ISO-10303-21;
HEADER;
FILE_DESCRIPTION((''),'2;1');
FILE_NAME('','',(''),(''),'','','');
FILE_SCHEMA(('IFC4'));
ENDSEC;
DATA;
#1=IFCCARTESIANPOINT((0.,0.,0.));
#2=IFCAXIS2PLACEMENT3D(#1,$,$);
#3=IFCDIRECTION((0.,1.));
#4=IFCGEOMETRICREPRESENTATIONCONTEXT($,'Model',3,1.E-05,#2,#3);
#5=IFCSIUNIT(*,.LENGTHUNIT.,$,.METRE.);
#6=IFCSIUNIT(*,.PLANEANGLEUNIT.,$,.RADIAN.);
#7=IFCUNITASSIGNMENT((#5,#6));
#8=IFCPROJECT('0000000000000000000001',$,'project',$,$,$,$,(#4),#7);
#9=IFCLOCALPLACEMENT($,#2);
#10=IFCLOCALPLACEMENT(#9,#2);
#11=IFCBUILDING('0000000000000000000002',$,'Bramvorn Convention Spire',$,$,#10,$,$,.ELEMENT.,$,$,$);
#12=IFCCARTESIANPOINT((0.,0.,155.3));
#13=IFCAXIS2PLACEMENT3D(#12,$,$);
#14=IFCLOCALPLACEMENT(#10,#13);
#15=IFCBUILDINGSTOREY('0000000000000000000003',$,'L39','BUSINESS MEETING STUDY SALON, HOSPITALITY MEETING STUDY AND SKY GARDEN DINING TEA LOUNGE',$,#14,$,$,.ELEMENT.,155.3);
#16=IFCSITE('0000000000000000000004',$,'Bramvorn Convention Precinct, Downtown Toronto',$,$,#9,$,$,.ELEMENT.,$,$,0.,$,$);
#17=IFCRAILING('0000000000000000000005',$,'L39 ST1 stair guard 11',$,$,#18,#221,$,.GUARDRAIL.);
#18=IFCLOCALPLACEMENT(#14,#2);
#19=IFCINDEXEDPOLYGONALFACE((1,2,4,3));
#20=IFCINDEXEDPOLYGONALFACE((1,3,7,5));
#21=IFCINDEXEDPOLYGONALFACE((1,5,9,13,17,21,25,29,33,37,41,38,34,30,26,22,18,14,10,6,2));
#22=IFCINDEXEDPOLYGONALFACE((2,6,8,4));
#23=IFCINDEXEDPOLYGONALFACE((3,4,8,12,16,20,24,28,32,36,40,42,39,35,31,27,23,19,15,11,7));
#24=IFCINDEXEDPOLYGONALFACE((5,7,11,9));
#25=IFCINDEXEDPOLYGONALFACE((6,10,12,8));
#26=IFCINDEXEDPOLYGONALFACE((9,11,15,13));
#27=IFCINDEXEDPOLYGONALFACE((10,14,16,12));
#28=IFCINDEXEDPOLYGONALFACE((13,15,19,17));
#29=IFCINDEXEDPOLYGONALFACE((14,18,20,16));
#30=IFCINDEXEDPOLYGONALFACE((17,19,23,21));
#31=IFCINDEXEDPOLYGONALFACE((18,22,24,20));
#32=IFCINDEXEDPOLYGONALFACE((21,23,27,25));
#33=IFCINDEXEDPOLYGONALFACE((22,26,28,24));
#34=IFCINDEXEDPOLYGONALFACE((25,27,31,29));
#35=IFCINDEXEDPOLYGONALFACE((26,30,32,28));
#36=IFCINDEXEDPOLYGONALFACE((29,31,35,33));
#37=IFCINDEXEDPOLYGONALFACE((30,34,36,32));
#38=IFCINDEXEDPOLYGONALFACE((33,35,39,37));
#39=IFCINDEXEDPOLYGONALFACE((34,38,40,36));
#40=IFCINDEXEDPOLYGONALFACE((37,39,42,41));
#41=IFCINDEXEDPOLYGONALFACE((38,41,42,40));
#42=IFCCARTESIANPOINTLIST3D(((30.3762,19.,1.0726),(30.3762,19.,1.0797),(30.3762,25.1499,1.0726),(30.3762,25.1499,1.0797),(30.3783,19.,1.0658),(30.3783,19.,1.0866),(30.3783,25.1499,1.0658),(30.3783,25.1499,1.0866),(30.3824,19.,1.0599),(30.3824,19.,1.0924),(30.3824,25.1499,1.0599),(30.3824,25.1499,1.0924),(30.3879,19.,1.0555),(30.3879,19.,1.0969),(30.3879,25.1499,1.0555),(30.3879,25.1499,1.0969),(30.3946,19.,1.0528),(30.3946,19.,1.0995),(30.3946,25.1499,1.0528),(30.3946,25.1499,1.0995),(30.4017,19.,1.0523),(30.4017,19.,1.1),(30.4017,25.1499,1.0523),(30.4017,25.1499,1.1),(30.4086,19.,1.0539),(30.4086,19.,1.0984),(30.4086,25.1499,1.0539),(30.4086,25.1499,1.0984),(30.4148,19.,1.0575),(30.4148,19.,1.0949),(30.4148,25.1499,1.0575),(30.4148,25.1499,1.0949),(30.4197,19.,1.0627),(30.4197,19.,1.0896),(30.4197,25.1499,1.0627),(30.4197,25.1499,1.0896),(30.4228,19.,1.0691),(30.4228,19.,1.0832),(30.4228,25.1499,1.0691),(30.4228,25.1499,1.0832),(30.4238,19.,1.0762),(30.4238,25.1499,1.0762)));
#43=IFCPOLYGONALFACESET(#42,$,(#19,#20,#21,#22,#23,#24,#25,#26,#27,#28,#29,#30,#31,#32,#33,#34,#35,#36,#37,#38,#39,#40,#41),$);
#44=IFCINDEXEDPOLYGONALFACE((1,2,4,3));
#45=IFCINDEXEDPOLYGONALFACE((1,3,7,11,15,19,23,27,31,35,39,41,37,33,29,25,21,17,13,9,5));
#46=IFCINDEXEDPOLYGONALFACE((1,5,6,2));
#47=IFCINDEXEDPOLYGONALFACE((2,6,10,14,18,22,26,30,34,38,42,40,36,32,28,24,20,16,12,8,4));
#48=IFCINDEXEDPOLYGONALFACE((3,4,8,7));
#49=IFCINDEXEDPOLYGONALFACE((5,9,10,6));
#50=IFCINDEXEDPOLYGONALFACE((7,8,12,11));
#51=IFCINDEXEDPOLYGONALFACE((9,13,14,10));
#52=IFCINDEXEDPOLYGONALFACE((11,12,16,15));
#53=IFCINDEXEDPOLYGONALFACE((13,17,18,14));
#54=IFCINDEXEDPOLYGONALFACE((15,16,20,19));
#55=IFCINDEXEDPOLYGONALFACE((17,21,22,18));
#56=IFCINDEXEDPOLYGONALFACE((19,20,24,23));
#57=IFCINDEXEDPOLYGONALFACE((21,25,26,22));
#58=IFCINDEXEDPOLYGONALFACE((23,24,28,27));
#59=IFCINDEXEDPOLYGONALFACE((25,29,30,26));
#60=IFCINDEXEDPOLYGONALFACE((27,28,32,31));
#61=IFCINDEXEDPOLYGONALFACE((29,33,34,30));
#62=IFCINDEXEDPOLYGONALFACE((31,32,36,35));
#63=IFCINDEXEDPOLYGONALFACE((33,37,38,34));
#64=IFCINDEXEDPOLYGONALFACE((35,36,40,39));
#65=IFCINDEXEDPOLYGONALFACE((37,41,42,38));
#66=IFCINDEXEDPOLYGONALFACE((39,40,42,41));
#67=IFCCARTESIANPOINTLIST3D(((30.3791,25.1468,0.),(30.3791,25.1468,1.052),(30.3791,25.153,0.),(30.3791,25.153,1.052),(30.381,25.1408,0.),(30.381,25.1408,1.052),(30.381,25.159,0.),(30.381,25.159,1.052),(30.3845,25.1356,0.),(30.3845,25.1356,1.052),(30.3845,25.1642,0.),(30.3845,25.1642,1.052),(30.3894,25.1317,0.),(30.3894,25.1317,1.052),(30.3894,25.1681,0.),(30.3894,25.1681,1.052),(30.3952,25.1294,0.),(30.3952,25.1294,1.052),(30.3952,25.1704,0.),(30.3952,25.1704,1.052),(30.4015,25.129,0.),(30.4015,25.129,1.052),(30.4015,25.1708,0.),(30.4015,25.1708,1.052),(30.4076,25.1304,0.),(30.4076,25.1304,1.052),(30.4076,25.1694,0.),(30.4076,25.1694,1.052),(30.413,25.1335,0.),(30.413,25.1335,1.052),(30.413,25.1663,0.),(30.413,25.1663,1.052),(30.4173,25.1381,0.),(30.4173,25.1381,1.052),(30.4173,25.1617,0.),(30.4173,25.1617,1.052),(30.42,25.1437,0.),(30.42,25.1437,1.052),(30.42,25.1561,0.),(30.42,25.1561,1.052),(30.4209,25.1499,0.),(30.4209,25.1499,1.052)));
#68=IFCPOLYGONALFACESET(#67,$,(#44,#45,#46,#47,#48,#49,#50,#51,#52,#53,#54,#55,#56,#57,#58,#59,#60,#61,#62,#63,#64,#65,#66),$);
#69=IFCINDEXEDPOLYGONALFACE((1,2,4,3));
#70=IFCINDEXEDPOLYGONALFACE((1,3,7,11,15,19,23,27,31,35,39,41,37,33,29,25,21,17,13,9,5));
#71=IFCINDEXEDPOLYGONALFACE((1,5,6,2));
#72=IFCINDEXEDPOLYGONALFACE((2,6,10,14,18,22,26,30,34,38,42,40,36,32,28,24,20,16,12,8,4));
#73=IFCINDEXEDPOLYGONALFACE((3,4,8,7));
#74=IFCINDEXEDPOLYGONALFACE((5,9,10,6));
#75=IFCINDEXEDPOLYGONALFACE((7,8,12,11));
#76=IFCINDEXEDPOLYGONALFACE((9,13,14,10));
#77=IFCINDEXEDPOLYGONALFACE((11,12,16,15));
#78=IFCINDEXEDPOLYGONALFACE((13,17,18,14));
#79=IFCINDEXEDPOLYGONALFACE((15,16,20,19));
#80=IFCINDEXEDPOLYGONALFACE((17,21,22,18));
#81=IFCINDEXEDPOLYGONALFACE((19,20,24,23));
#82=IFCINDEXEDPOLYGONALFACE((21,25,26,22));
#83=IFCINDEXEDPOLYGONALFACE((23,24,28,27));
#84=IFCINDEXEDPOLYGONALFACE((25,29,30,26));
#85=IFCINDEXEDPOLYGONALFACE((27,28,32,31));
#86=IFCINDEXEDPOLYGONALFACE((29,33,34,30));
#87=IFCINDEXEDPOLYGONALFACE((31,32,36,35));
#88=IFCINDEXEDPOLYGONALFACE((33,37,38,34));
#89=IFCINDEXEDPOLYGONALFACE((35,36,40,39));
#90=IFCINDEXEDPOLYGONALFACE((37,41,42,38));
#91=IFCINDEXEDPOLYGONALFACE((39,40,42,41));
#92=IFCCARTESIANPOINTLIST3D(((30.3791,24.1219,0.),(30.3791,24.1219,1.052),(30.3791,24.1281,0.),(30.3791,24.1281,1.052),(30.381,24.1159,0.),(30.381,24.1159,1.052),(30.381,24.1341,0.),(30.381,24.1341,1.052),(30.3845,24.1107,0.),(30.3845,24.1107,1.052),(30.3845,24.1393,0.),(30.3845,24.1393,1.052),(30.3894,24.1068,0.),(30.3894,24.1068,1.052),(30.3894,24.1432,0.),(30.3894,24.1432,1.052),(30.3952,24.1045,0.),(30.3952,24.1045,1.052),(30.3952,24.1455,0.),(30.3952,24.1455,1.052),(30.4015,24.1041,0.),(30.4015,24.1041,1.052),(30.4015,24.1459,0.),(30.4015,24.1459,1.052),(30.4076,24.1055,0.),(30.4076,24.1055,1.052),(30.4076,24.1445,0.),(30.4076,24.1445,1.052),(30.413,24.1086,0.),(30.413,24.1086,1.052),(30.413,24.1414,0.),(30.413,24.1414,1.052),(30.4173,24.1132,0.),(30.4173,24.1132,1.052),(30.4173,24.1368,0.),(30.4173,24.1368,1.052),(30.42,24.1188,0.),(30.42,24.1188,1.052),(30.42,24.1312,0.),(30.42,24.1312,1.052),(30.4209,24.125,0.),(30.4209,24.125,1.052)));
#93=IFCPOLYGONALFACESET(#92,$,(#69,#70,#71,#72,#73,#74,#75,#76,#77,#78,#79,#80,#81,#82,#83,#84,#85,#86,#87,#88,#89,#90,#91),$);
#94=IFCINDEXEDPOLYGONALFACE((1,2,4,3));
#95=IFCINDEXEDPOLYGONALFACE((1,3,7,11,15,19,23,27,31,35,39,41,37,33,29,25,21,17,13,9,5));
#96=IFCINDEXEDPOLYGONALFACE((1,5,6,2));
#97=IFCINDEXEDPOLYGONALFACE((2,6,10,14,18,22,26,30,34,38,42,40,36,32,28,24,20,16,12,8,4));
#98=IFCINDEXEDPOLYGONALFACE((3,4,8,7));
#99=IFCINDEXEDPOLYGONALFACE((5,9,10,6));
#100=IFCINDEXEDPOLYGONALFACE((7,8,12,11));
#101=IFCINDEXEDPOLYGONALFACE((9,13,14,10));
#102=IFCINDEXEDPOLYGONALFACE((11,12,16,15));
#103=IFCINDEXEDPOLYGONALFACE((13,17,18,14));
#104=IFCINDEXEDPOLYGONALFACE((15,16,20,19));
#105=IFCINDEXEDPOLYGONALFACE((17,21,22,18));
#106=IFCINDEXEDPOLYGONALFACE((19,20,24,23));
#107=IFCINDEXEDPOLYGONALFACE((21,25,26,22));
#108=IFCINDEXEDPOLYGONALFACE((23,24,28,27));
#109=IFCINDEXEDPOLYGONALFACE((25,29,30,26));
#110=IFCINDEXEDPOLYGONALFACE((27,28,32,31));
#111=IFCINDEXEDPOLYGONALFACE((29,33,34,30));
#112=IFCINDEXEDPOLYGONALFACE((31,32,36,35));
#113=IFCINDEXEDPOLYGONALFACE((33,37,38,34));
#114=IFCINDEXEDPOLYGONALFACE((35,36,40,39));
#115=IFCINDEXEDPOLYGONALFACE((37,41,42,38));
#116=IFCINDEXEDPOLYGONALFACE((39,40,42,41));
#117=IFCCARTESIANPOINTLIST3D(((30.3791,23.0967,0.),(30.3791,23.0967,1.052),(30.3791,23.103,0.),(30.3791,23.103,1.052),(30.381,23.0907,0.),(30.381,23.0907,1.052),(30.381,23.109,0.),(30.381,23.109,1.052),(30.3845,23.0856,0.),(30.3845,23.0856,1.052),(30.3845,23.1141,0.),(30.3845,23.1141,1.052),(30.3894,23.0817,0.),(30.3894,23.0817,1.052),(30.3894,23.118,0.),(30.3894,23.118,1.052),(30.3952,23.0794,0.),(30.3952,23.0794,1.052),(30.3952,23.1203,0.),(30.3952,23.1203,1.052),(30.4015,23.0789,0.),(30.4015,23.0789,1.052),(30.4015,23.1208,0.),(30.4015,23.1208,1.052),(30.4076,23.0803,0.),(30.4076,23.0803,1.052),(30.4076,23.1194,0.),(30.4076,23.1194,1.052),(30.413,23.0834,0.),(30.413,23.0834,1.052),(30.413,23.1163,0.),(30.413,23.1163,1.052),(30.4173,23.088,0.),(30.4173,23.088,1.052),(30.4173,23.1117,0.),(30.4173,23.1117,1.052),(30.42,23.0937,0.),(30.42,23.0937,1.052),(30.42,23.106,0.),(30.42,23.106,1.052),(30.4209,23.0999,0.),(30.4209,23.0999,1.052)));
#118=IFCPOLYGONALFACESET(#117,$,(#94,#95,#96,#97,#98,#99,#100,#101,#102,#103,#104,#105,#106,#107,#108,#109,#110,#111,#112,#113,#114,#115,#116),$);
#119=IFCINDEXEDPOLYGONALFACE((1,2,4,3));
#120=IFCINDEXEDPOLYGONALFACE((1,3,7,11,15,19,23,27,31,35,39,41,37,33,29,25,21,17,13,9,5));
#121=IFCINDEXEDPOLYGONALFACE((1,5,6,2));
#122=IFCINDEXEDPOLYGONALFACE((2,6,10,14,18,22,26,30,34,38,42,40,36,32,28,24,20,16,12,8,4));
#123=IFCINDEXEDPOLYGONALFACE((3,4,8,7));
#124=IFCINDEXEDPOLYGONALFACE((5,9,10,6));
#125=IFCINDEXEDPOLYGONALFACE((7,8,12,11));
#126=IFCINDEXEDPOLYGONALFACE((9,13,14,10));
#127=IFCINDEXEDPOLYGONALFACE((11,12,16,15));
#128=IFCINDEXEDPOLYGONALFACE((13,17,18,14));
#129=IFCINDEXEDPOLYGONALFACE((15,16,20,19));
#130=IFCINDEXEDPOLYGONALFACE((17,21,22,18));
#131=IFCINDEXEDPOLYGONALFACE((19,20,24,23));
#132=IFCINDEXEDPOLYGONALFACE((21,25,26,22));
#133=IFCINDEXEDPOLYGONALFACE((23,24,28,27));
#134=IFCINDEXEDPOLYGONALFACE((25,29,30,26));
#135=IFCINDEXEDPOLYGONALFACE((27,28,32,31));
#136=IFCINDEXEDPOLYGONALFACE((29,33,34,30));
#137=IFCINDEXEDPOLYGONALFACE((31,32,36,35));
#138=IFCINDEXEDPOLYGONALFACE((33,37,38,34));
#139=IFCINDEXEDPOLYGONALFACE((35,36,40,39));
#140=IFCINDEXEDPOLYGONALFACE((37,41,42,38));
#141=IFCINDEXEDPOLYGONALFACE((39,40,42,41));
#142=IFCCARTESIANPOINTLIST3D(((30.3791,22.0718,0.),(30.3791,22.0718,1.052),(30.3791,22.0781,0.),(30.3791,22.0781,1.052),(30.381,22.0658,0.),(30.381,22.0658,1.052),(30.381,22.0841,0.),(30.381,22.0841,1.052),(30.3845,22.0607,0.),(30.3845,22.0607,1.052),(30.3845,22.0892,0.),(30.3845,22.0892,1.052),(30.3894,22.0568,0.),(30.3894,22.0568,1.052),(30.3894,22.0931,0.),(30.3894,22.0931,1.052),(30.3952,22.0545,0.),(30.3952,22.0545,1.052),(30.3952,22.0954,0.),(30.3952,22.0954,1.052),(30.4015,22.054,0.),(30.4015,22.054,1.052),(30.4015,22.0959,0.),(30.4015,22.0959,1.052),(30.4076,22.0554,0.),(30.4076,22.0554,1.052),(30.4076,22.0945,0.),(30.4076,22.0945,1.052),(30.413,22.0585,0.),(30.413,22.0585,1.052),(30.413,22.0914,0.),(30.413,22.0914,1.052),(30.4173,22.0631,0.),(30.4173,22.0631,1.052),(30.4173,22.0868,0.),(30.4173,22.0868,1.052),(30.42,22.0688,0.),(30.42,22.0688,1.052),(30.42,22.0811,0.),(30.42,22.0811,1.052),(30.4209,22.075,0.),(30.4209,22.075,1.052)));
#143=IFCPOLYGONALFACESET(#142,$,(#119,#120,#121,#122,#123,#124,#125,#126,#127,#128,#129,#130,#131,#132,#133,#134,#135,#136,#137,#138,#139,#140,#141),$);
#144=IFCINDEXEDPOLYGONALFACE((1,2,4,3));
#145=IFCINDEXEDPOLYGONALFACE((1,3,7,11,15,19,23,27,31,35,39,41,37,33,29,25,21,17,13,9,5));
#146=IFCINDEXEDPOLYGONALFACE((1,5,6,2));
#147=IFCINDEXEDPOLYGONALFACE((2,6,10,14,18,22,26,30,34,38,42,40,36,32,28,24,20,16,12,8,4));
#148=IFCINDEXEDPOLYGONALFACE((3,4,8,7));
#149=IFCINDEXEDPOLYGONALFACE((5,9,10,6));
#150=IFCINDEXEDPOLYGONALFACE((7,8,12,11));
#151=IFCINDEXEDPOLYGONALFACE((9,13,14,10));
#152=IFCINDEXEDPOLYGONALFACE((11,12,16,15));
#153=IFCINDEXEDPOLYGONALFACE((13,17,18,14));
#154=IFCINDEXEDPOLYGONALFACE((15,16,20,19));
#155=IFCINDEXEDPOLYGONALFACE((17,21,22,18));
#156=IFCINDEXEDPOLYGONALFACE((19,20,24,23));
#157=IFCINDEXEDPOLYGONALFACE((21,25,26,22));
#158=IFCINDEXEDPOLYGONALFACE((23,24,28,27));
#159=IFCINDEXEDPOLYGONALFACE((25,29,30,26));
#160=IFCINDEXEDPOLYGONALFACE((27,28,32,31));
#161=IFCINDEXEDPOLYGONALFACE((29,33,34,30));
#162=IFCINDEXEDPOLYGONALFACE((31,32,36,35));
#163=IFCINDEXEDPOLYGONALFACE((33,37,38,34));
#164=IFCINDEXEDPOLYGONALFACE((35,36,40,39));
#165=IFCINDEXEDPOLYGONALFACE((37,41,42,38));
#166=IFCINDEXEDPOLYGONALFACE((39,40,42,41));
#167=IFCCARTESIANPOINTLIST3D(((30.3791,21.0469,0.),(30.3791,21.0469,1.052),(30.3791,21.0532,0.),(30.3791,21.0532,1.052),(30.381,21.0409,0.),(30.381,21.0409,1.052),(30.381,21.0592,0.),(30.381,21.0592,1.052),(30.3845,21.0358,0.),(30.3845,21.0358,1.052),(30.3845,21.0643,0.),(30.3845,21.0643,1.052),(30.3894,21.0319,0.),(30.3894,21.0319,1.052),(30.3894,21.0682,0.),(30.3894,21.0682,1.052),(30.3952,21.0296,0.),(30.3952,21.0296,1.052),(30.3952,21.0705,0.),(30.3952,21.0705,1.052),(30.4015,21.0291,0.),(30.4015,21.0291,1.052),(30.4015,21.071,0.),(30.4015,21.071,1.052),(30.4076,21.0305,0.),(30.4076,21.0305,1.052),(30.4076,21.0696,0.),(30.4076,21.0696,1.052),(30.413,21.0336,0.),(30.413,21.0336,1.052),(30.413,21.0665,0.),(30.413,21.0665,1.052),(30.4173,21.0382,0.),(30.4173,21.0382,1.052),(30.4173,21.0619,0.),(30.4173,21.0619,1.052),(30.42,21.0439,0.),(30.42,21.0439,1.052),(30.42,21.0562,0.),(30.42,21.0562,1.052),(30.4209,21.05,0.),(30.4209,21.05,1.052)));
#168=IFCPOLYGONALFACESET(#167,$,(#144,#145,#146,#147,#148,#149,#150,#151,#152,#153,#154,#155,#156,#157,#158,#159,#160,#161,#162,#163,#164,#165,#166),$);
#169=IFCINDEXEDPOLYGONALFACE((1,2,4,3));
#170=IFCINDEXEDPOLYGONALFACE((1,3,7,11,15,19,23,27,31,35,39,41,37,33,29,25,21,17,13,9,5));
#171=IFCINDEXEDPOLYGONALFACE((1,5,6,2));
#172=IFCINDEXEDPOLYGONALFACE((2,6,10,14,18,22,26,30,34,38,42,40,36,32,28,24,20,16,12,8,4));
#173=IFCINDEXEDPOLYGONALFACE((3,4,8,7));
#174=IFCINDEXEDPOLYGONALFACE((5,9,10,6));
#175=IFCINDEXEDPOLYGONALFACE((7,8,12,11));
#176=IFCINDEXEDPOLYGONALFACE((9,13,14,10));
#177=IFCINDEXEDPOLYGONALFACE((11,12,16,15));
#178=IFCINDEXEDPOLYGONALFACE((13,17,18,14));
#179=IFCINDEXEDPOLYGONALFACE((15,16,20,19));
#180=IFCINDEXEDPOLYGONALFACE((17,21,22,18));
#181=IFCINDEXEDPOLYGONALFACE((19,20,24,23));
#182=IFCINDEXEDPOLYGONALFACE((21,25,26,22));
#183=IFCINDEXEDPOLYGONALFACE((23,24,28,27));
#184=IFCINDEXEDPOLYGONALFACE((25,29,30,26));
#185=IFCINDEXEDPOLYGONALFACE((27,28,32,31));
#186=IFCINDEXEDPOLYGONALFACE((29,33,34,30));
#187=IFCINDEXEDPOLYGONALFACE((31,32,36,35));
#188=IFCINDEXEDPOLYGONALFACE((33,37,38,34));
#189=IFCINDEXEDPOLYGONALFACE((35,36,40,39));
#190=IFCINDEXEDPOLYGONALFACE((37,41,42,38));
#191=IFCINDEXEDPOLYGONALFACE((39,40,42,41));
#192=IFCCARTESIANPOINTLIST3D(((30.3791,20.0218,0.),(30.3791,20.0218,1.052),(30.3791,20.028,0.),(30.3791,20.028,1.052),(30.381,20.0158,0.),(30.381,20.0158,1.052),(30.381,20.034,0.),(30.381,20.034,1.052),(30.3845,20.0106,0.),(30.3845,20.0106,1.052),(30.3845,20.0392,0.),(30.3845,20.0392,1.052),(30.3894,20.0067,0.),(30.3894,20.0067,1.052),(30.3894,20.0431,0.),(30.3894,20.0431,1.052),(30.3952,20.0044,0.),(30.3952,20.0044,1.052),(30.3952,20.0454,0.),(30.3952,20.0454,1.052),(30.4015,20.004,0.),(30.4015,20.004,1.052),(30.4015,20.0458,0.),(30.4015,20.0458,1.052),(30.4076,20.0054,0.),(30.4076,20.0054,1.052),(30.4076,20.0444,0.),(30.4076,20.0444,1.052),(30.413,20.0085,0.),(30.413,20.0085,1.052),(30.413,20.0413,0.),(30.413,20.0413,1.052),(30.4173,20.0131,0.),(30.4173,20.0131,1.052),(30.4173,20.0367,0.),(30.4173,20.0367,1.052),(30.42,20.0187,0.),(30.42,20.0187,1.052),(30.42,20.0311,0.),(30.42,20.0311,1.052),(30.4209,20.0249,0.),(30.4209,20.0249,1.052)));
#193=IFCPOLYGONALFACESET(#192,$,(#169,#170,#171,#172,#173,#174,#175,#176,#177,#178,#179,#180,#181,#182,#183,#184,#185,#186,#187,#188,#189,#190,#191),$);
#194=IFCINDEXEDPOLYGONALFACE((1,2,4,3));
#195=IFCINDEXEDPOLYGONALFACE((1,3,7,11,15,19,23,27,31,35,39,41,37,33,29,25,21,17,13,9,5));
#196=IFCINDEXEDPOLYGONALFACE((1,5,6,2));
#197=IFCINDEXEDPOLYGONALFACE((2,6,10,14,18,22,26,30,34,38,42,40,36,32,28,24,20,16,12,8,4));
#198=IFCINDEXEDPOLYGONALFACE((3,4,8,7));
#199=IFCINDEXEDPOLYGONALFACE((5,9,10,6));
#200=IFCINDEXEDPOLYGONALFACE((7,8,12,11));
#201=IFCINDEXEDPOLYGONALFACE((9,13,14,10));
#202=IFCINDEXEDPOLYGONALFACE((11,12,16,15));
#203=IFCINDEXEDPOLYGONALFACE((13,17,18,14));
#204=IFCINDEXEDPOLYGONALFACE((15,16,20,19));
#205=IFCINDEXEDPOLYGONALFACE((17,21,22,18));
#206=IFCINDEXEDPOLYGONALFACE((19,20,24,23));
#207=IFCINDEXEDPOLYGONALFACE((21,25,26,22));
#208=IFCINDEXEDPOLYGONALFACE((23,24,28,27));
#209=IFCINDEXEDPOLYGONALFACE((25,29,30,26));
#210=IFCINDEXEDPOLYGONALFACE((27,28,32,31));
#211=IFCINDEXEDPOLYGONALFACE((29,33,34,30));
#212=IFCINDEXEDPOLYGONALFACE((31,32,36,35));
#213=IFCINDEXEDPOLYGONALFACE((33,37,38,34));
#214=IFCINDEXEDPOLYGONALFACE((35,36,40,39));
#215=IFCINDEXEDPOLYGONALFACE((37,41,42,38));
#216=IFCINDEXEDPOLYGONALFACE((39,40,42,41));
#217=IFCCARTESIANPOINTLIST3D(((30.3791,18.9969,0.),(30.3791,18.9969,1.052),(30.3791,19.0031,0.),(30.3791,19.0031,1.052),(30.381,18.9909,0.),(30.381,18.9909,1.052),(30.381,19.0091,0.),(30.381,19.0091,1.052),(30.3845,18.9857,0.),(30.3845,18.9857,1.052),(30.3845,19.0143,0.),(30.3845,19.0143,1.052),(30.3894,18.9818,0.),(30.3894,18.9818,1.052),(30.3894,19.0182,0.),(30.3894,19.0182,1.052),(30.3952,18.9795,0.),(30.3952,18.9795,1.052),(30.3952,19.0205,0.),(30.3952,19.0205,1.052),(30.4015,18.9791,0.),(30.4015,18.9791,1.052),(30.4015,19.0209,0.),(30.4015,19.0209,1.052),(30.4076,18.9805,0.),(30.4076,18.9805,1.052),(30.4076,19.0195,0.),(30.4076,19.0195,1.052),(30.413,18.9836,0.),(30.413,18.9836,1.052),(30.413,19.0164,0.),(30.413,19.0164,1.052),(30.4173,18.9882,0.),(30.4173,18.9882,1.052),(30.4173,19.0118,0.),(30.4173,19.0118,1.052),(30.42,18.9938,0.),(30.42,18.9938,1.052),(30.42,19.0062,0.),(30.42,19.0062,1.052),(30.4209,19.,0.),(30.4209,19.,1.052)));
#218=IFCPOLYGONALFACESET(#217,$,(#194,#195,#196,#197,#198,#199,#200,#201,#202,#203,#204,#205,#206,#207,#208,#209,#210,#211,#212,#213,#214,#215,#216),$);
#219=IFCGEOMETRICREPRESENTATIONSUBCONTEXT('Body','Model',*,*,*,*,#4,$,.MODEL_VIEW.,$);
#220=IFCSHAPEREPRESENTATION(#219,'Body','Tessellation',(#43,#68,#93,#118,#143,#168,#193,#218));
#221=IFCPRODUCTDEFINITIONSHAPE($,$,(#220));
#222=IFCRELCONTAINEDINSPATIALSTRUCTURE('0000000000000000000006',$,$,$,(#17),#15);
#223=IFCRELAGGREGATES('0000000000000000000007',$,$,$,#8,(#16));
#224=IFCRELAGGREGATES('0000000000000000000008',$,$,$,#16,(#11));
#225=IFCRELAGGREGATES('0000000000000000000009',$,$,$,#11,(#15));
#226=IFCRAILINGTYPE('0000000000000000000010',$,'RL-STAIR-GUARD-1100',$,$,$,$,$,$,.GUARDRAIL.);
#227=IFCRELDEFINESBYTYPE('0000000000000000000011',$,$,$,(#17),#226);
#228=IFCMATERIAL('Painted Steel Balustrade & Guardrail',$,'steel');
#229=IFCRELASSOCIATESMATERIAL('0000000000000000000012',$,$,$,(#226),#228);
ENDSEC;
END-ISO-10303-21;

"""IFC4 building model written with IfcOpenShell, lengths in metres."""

from ifc_helpers import new_model, si_unit, direction, frame, origin, origin_2d, place, context, subcontext, project, spatial, circle, extrude, material, type_object, element, save


model = new_model("IFC4")

# Units and contexts
model_context = context("Model", 3, precision=1e-05, world=origin(), true_north=direction((0.0, 1.0)))
body_context = subcontext(model_context, "Body", "Model", "MODEL_VIEW")
ifc_project = project(units=[si_unit("LENGTHUNIT", "METRE"), si_unit("PLANEANGLEUNIT", "RADIAN")], contexts=[model_context])

# Site, building, storey
site_placement = place(None, origin())
site = spatial("IfcSite", under=ifc_project, at=site_placement, Name="Bramvorn Convention Precinct, Downtown Toronto", CompositionType="ELEMENT", RefElevation=0.0)
building_placement = place(site_placement, origin())
building = spatial("IfcBuilding", under=site, at=building_placement, Name="Bramvorn Convention Spire", CompositionType="ELEMENT")
storey_placement = place(building_placement, frame((0.0, 0.0, 155.3)))
storey = spatial("IfcBuildingStorey", under=building, at=storey_placement, Name="L39", Description="BUSINESS MEETING STUDY SALON, HOSPITALITY MEETING STUDY AND SKY GARDEN DINING TEA LOUNGE", CompositionType="ELEMENT", Elevation=155.3)

# Railing
ifc_material_1 = material(Name="Painted Steel Balustrade & Guardrail", Category="steel")
railing_type_1 = type_object("IfcRailingType", Name="RL-STAIR-GUARD-1100", PredefinedType="GUARDRAIL", material=ifc_material_1)
railing_1_placement = place(storey_placement, frame((30.3999, 25.1499, 0.0)))
element("IfcRailing", 1, at=railing_1_placement, inside=storey, type_object=railing_type_1, Name="L39 ST1 stair guard 11", PredefinedType="GUARDRAIL", context=body_context, shape_type="SweptSolid", body=[
    extrude(circle(Radius=0.0239, at=origin_2d()), frame((0.0, 0.0, 1.0762), z_axis=(0.0, -1.0, 0.0), x_axis=(1.0, 0.0, 0.0)), (0.0, 0.0, 1.0), 6.1499),
    extrude(circle(Radius=0.021, at=origin_2d()), origin(), (0.0, 0.0, 1.0), 1.052),
    extrude(circle(Radius=0.021, at=origin_2d()), frame((0.0, -1.0249, 0.0)), (0.0, 0.0, 1.0), 1.052),
    extrude(circle(Radius=0.021, at=origin_2d()), frame((0.0, -2.05, 0.0)), (0.0, 0.0, 1.0), 1.052),
    extrude(circle(Radius=0.021, at=origin_2d()), frame((0.0, -3.075, 0.0)), (0.0, 0.0, 1.0), 1.052),
    extrude(circle(Radius=0.021, at=origin_2d()), frame((0.0, -4.0999, 0.0)), (0.0, 0.0, 1.0), 1.052),
    extrude(circle(Radius=0.021, at=origin_2d()), frame((0.0, -5.125, 0.0)), (0.0, 0.0, 1.0), 1.052),
    extrude(circle(Radius=0.021, at=origin_2d()), frame((0.0, -6.1499, 0.0)), (0.0, 0.0, 1.0), 1.052),
])

save(model, "model.ifc")
